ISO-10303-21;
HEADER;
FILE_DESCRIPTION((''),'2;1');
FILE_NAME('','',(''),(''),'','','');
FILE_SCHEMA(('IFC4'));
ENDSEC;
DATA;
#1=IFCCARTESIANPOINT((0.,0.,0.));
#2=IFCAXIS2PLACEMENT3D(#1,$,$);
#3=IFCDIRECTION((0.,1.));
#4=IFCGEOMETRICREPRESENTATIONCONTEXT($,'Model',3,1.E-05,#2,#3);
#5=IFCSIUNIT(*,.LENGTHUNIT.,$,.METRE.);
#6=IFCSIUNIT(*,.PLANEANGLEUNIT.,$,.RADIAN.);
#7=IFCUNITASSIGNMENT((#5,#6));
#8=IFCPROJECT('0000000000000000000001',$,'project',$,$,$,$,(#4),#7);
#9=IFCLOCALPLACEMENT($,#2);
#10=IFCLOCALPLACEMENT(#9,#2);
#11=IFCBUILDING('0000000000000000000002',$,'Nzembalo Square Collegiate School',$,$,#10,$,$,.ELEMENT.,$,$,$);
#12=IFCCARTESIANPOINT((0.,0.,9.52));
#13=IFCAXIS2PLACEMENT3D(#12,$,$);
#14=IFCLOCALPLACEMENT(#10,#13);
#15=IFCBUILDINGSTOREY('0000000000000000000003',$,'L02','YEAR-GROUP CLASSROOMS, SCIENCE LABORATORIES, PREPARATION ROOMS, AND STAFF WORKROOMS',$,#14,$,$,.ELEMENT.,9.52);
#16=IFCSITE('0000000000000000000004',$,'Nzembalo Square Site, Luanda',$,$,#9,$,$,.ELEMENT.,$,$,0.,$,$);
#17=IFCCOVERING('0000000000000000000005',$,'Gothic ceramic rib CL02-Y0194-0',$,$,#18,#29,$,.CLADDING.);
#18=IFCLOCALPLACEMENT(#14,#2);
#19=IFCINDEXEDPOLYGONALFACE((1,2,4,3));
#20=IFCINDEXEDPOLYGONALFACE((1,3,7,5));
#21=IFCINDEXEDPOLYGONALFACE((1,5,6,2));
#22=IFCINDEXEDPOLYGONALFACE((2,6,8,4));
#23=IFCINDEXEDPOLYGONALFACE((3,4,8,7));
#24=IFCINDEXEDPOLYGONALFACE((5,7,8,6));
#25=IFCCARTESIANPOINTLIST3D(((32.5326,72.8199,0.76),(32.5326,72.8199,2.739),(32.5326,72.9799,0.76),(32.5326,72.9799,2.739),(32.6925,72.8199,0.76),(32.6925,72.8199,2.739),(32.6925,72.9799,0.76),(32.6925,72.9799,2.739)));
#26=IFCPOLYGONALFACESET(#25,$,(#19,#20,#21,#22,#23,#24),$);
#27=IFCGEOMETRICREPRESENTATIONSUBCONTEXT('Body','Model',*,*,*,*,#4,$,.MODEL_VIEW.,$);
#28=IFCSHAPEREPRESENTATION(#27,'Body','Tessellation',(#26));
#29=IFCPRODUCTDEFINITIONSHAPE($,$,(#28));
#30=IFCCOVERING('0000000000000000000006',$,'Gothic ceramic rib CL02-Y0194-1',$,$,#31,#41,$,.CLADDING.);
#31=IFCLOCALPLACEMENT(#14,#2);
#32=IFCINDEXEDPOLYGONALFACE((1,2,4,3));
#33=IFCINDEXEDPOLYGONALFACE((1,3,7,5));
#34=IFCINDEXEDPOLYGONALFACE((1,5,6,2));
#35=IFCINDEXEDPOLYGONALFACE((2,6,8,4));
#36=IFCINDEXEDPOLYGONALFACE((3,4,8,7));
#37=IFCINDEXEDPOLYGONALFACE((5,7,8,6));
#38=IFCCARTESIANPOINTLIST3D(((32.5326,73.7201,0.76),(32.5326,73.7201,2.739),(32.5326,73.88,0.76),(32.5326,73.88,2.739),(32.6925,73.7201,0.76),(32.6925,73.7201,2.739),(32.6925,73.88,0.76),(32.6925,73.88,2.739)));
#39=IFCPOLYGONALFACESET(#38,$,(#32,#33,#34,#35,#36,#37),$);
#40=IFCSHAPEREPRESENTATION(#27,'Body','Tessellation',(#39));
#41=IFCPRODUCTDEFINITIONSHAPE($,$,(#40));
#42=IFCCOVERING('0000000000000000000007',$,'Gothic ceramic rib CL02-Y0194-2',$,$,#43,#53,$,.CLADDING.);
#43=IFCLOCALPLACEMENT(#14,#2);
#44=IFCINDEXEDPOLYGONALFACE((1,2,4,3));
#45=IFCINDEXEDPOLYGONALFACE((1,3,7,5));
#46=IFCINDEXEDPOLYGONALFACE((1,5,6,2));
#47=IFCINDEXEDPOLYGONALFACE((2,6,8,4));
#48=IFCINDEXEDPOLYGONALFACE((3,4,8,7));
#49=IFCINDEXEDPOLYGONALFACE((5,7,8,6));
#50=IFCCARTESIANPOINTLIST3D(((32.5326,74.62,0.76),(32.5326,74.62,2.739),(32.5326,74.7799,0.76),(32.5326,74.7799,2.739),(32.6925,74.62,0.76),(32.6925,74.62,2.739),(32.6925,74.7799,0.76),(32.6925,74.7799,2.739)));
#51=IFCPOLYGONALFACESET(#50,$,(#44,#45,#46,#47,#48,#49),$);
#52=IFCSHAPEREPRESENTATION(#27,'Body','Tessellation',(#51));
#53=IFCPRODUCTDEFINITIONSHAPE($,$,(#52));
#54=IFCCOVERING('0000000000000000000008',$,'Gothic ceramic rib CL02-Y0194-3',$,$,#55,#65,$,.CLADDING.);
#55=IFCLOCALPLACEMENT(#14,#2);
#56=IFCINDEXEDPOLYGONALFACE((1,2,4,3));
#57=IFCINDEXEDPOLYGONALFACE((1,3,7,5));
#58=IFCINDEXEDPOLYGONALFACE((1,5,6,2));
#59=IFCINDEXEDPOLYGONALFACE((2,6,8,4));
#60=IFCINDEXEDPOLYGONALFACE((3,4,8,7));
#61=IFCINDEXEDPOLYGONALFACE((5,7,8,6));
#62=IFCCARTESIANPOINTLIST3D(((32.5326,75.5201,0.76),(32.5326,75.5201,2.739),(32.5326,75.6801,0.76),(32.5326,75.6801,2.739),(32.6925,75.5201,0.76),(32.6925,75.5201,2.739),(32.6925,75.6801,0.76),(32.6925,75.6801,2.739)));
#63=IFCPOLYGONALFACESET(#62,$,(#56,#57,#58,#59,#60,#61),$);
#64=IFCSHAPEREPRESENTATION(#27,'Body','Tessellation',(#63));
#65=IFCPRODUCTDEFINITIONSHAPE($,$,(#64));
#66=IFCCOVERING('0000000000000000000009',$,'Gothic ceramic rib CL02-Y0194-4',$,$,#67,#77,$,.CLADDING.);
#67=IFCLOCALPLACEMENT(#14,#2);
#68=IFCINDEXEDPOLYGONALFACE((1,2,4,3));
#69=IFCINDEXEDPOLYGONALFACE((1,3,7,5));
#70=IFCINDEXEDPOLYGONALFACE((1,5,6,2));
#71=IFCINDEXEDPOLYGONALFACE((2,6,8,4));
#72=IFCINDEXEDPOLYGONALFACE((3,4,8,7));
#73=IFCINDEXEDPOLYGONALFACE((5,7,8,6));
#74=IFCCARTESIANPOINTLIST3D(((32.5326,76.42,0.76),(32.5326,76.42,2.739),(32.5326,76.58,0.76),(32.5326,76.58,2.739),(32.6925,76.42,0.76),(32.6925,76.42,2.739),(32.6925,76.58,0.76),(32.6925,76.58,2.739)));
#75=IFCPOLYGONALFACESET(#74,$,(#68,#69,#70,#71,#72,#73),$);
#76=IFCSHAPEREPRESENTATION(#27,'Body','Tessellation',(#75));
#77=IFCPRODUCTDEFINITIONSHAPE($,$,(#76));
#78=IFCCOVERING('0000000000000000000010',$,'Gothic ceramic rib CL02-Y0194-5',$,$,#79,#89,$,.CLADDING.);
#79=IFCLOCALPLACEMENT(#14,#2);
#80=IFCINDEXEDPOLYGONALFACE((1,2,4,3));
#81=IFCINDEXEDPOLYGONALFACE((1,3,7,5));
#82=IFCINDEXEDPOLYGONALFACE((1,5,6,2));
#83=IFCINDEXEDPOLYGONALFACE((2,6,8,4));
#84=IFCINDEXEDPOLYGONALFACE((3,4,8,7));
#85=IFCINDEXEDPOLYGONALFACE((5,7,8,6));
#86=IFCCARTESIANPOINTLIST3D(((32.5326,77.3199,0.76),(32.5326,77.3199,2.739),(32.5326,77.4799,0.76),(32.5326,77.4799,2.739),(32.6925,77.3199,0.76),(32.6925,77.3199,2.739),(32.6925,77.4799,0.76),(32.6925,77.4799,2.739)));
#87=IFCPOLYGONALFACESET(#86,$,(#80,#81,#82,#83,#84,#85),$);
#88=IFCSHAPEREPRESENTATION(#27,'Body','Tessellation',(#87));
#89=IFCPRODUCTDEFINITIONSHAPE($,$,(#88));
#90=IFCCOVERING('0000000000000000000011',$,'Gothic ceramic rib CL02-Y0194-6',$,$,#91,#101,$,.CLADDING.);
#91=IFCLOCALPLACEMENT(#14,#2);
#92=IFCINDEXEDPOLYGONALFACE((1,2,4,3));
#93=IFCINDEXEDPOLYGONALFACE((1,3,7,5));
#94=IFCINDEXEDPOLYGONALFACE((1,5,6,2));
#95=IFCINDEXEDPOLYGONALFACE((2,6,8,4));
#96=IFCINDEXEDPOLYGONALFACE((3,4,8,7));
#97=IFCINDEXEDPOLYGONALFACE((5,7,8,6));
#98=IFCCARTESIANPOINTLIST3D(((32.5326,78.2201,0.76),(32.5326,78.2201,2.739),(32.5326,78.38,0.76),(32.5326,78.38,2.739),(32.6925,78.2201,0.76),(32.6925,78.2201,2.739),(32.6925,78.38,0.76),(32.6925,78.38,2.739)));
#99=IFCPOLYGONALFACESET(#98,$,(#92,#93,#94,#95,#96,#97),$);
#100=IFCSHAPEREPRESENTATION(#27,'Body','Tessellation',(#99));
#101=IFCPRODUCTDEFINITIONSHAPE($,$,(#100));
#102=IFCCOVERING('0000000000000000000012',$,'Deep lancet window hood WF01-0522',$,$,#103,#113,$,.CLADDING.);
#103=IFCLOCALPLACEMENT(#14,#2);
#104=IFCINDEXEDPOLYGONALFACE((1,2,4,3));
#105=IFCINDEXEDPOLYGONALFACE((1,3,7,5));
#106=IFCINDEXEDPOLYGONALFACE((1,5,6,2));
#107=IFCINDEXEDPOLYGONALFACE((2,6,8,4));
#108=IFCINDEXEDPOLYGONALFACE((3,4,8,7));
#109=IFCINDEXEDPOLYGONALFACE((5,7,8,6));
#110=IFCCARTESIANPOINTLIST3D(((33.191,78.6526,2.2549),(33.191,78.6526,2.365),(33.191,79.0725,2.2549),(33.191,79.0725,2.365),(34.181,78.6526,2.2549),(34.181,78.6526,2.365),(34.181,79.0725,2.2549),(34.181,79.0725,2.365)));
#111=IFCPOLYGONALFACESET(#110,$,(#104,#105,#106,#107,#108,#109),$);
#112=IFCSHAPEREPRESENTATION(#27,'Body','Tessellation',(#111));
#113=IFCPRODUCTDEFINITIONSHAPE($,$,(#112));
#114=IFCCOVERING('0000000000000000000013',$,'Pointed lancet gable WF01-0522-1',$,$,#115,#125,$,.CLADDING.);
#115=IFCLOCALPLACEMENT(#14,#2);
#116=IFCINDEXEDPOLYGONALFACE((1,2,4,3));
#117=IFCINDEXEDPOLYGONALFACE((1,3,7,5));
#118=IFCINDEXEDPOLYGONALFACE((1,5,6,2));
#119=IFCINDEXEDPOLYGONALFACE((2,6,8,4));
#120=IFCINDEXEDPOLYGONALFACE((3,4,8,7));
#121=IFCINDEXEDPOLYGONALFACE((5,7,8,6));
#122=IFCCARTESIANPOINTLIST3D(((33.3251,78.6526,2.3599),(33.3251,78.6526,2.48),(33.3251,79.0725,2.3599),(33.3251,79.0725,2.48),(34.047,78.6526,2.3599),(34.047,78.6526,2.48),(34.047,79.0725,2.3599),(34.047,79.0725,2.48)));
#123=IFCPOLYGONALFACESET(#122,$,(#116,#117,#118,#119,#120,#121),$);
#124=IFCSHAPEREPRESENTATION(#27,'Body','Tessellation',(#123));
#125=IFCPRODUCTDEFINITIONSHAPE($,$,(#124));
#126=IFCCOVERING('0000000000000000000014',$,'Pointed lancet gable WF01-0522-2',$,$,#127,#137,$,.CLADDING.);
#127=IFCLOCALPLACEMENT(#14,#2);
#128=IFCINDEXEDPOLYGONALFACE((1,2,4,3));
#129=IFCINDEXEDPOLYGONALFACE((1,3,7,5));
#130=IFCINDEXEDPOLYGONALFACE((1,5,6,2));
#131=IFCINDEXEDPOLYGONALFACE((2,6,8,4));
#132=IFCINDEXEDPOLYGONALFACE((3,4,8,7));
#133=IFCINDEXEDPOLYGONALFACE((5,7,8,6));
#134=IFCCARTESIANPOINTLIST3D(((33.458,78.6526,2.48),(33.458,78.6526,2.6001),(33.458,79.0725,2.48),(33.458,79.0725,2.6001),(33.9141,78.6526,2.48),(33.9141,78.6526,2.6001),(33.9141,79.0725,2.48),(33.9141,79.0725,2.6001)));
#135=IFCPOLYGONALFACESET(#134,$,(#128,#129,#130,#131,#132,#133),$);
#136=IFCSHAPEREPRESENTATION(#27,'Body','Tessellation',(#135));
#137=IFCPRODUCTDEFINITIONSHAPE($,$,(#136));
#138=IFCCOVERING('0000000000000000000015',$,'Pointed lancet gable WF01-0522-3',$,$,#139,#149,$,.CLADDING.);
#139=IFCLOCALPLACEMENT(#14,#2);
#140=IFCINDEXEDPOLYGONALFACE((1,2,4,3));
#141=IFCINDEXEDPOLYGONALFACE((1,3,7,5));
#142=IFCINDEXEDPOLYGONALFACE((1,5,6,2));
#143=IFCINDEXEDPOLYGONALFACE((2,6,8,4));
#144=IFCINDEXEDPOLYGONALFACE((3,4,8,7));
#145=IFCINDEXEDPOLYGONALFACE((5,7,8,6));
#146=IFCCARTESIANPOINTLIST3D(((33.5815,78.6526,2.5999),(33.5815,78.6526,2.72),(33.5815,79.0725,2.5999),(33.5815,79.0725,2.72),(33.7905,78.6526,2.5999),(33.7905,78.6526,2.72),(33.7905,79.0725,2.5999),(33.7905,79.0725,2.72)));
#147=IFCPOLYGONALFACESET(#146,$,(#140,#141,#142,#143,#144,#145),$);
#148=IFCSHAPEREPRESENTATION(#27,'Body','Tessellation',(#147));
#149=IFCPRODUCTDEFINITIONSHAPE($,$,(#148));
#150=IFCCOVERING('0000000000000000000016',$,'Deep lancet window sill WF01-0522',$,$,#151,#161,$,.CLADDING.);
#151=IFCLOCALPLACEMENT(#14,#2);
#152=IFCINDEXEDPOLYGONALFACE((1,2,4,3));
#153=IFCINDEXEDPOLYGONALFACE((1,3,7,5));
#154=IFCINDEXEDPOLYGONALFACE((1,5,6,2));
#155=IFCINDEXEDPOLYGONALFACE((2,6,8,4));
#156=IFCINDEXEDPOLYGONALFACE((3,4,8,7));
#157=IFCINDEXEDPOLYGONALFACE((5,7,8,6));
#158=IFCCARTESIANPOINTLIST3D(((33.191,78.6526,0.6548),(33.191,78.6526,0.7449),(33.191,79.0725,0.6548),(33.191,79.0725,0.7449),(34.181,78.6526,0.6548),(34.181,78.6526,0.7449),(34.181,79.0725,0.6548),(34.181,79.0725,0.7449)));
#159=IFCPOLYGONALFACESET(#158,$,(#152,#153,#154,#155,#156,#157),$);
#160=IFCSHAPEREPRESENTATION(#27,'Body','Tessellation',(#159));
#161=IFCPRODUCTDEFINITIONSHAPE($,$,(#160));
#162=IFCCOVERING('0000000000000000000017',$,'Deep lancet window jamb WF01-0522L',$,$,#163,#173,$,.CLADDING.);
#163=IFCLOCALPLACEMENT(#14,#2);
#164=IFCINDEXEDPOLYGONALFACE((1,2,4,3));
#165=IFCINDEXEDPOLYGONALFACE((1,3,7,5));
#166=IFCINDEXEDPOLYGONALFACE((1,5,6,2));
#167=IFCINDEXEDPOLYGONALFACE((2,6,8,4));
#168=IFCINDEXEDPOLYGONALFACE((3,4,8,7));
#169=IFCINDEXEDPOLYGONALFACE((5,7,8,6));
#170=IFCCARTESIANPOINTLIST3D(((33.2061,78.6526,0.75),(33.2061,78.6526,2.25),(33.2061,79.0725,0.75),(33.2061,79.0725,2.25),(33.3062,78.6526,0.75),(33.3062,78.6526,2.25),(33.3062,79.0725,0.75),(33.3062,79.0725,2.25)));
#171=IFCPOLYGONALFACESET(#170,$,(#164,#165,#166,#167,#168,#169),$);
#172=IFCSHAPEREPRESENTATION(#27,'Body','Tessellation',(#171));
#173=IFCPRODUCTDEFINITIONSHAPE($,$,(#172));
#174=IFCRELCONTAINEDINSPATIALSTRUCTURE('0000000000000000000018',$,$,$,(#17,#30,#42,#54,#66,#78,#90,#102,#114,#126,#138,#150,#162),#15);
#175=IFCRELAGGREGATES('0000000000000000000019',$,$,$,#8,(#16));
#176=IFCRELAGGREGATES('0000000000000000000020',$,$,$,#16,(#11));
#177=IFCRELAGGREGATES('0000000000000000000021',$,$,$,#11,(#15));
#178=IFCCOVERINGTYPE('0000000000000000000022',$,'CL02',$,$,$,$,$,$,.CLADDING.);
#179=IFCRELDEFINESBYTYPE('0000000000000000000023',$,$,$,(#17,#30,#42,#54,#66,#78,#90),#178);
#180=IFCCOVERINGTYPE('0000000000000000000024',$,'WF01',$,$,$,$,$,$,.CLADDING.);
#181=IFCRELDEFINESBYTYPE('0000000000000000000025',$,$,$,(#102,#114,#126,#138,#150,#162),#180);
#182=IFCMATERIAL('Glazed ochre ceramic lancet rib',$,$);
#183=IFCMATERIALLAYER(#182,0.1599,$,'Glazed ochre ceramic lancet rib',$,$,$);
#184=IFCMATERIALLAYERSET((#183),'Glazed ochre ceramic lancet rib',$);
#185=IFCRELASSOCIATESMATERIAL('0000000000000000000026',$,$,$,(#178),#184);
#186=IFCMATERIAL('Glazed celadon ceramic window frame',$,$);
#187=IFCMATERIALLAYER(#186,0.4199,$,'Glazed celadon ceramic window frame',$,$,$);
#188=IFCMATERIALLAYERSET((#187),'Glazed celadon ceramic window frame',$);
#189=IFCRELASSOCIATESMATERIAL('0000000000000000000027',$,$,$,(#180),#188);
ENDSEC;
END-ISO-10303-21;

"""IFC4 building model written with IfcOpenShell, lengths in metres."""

from ifc_helpers import new_model, si_unit, direction, frame, origin, origin_2d, place, context, subcontext, project, spatial, rectangle, extrude, material, layer, layer_set, type_object, element, save


model = new_model("IFC4")

# Units and contexts
model_context = context("Model", 3, precision=1e-05, world=origin(), true_north=direction((0.0, 1.0)))
body_context = subcontext(model_context, "Body", "Model", "MODEL_VIEW")
ifc_project = project(units=[si_unit("LENGTHUNIT", "METRE"), si_unit("PLANEANGLEUNIT", "RADIAN")], contexts=[model_context])

# Site, building, storey
site_placement = place(None, origin())
site = spatial("IfcSite", under=ifc_project, at=site_placement, Name="Nzembalo Square Site, Luanda", CompositionType="ELEMENT", RefElevation=0.0)
building_placement = place(site_placement, origin())
building = spatial("IfcBuilding", under=site, at=building_placement, Name="Nzembalo Square Collegiate School", CompositionType="ELEMENT")
storey_placement = place(building_placement, frame((0.0, 0.0, 9.52)))
storey = spatial("IfcBuildingStorey", under=building, at=storey_placement, Name="L02", Description="YEAR-GROUP CLASSROOMS, SCIENCE LABORATORIES, PREPARATION ROOMS, AND STAFF WORKROOMS", CompositionType="ELEMENT", Elevation=9.52)

# Coverings
ifc_material_1 = material(Name="Glazed ochre ceramic lancet rib")
ifc_layer_1 = layer(ifc_material_1, 0.1599, Name="Glazed ochre ceramic lancet rib")
ifc_layer_set_1 = layer_set([ifc_layer_1], Name="Glazed ochre ceramic lancet rib")
covering_type_1 = type_object("IfcCoveringType", Name="CL02", PredefinedType="CLADDING", material=ifc_layer_set_1)
for number, where, z_axis, x_axis, name in (
    (1, (32.6125, 72.8999, 0.76), (0.0, 0.0, 1.0), (1.0, 0.0, 0.0), "Gothic ceramic rib CL02-Y0194-0"),
    (2, (32.6125, 73.8, 0.76), (0.0, 0.0, 1.0), (1.0, 0.0, 0.0), "Gothic ceramic rib CL02-Y0194-1"),
    (3, (32.6125, 74.7, 0.76), (0.0, 0.0, 1.0), (1.0, 0.0, 0.0), "Gothic ceramic rib CL02-Y0194-2"),
    (4, (32.6125, 75.6001, 0.76), (0.0, 0.0, 1.0), (1.0, 0.0, 0.0), "Gothic ceramic rib CL02-Y0194-3"),
    (5, (32.6125, 76.5, 0.76), (0.0, 0.0, 1.0), (1.0, 0.0, 0.0), "Gothic ceramic rib CL02-Y0194-4"),
    (6, (32.6125, 77.3999, 0.76), (0.0, 0.0, 1.0), (1.0, 0.0, 0.0), "Gothic ceramic rib CL02-Y0194-5"),
    (7, (32.6125, 78.3, 0.76), (0.0, 0.0, 1.0), (1.0, 0.0, 0.0), "Gothic ceramic rib CL02-Y0194-6"),
):
    element("IfcCovering", number, at=place(storey_placement, frame(where, z_axis=z_axis, x_axis=x_axis)), inside=storey, type_object=covering_type_1, Name=name, PredefinedType="CLADDING", context=body_context, shape_type="SweptSolid", body=[
        extrude(rectangle(XDim=0.1599, YDim=0.1599, at=origin_2d()), origin(), (0.0, 0.0, 1.0), 1.979),
    ])
ifc_material_2 = material(Name="Glazed celadon ceramic window frame")
ifc_layer_2 = layer(ifc_material_2, 0.4199, Name="Glazed celadon ceramic window frame")
ifc_layer_set_2 = layer_set([ifc_layer_2], Name="Glazed celadon ceramic window frame")
covering_type_2 = type_object("IfcCoveringType", Name="WF01", PredefinedType="CLADDING", material=ifc_layer_set_2)
covering_1_placement = place(storey_placement, frame((33.686, 78.8625, 2.2549), z_axis=(0.0, 0.0, 1.0), x_axis=(1.0, 0.0, 0.0)))
element("IfcCovering", 8, at=covering_1_placement, inside=storey, type_object=covering_type_2, Name="Deep lancet window hood WF01-0522", PredefinedType="CLADDING", context=body_context, shape_type="SweptSolid", body=[
    extrude(rectangle(XDim=0.99, YDim=0.4199, at=origin_2d()), origin(), (0.0, 0.0, 1.0), 0.1101),
])
covering_2_placement = place(storey_placement, frame((33.686, 78.8625, 2.3599), z_axis=(0.0, 0.0, 1.0), x_axis=(1.0, 0.0, 0.0)))
element("IfcCovering", 9, at=covering_2_placement, inside=storey, type_object=covering_type_2, Name="Pointed lancet gable WF01-0522-1", PredefinedType="CLADDING", context=body_context, shape_type="SweptSolid", body=[
    extrude(rectangle(XDim=0.7219, YDim=0.4199, at=origin_2d()), origin(), (0.0, 0.0, 1.0), 0.1201),
])
covering_3_placement = place(storey_placement, frame((33.686, 78.8625, 2.48), z_axis=(0.0, 0.0, 1.0), x_axis=(1.0, 0.0, 0.0)))
element("IfcCovering", 10, at=covering_3_placement, inside=storey, type_object=covering_type_2, Name="Pointed lancet gable WF01-0522-2", PredefinedType="CLADDING", context=body_context, shape_type="SweptSolid", body=[
    extrude(rectangle(XDim=0.4561, YDim=0.4199, at=origin_2d()), origin(), (0.0, 0.0, 1.0), 0.1201),
])
covering_4_placement = place(storey_placement, frame((33.686, 78.8625, 2.5999), z_axis=(0.0, 0.0, 1.0), x_axis=(1.0, 0.0, 0.0)))
element("IfcCovering", 11, at=covering_4_placement, inside=storey, type_object=covering_type_2, Name="Pointed lancet gable WF01-0522-3", PredefinedType="CLADDING", context=body_context, shape_type="SweptSolid", body=[
    extrude(rectangle(XDim=0.209, YDim=0.4199, at=origin_2d()), origin(), (0.0, 0.0, 1.0), 0.1201),
])
covering_5_placement = place(storey_placement, frame((33.686, 78.8625, 0.6548), z_axis=(0.0, 0.0, 1.0), x_axis=(1.0, 0.0, 0.0)))
element("IfcCovering", 12, at=covering_5_placement, inside=storey, type_object=covering_type_2, Name="Deep lancet window sill WF01-0522", PredefinedType="CLADDING", context=body_context, shape_type="SweptSolid", body=[
    extrude(rectangle(XDim=0.99, YDim=0.4199, at=origin_2d()), origin(), (0.0, 0.0, 1.0), 0.0901),
])
covering_6_placement = place(storey_placement, frame((33.2561, 78.8625, 0.75), z_axis=(0.0, 0.0, 1.0), x_axis=(1.0, 0.0, 0.0)))
element("IfcCovering", 13, at=covering_6_placement, inside=storey, type_object=covering_type_2, Name="Deep lancet window jamb WF01-0522L", PredefinedType="CLADDING", context=body_context, shape_type="SweptSolid", body=[
    extrude(rectangle(XDim=0.1001, YDim=0.4199, at=origin_2d()), origin(), (0.0, 0.0, 1.0), 1.5),
])

save(model, "model.ifc")
